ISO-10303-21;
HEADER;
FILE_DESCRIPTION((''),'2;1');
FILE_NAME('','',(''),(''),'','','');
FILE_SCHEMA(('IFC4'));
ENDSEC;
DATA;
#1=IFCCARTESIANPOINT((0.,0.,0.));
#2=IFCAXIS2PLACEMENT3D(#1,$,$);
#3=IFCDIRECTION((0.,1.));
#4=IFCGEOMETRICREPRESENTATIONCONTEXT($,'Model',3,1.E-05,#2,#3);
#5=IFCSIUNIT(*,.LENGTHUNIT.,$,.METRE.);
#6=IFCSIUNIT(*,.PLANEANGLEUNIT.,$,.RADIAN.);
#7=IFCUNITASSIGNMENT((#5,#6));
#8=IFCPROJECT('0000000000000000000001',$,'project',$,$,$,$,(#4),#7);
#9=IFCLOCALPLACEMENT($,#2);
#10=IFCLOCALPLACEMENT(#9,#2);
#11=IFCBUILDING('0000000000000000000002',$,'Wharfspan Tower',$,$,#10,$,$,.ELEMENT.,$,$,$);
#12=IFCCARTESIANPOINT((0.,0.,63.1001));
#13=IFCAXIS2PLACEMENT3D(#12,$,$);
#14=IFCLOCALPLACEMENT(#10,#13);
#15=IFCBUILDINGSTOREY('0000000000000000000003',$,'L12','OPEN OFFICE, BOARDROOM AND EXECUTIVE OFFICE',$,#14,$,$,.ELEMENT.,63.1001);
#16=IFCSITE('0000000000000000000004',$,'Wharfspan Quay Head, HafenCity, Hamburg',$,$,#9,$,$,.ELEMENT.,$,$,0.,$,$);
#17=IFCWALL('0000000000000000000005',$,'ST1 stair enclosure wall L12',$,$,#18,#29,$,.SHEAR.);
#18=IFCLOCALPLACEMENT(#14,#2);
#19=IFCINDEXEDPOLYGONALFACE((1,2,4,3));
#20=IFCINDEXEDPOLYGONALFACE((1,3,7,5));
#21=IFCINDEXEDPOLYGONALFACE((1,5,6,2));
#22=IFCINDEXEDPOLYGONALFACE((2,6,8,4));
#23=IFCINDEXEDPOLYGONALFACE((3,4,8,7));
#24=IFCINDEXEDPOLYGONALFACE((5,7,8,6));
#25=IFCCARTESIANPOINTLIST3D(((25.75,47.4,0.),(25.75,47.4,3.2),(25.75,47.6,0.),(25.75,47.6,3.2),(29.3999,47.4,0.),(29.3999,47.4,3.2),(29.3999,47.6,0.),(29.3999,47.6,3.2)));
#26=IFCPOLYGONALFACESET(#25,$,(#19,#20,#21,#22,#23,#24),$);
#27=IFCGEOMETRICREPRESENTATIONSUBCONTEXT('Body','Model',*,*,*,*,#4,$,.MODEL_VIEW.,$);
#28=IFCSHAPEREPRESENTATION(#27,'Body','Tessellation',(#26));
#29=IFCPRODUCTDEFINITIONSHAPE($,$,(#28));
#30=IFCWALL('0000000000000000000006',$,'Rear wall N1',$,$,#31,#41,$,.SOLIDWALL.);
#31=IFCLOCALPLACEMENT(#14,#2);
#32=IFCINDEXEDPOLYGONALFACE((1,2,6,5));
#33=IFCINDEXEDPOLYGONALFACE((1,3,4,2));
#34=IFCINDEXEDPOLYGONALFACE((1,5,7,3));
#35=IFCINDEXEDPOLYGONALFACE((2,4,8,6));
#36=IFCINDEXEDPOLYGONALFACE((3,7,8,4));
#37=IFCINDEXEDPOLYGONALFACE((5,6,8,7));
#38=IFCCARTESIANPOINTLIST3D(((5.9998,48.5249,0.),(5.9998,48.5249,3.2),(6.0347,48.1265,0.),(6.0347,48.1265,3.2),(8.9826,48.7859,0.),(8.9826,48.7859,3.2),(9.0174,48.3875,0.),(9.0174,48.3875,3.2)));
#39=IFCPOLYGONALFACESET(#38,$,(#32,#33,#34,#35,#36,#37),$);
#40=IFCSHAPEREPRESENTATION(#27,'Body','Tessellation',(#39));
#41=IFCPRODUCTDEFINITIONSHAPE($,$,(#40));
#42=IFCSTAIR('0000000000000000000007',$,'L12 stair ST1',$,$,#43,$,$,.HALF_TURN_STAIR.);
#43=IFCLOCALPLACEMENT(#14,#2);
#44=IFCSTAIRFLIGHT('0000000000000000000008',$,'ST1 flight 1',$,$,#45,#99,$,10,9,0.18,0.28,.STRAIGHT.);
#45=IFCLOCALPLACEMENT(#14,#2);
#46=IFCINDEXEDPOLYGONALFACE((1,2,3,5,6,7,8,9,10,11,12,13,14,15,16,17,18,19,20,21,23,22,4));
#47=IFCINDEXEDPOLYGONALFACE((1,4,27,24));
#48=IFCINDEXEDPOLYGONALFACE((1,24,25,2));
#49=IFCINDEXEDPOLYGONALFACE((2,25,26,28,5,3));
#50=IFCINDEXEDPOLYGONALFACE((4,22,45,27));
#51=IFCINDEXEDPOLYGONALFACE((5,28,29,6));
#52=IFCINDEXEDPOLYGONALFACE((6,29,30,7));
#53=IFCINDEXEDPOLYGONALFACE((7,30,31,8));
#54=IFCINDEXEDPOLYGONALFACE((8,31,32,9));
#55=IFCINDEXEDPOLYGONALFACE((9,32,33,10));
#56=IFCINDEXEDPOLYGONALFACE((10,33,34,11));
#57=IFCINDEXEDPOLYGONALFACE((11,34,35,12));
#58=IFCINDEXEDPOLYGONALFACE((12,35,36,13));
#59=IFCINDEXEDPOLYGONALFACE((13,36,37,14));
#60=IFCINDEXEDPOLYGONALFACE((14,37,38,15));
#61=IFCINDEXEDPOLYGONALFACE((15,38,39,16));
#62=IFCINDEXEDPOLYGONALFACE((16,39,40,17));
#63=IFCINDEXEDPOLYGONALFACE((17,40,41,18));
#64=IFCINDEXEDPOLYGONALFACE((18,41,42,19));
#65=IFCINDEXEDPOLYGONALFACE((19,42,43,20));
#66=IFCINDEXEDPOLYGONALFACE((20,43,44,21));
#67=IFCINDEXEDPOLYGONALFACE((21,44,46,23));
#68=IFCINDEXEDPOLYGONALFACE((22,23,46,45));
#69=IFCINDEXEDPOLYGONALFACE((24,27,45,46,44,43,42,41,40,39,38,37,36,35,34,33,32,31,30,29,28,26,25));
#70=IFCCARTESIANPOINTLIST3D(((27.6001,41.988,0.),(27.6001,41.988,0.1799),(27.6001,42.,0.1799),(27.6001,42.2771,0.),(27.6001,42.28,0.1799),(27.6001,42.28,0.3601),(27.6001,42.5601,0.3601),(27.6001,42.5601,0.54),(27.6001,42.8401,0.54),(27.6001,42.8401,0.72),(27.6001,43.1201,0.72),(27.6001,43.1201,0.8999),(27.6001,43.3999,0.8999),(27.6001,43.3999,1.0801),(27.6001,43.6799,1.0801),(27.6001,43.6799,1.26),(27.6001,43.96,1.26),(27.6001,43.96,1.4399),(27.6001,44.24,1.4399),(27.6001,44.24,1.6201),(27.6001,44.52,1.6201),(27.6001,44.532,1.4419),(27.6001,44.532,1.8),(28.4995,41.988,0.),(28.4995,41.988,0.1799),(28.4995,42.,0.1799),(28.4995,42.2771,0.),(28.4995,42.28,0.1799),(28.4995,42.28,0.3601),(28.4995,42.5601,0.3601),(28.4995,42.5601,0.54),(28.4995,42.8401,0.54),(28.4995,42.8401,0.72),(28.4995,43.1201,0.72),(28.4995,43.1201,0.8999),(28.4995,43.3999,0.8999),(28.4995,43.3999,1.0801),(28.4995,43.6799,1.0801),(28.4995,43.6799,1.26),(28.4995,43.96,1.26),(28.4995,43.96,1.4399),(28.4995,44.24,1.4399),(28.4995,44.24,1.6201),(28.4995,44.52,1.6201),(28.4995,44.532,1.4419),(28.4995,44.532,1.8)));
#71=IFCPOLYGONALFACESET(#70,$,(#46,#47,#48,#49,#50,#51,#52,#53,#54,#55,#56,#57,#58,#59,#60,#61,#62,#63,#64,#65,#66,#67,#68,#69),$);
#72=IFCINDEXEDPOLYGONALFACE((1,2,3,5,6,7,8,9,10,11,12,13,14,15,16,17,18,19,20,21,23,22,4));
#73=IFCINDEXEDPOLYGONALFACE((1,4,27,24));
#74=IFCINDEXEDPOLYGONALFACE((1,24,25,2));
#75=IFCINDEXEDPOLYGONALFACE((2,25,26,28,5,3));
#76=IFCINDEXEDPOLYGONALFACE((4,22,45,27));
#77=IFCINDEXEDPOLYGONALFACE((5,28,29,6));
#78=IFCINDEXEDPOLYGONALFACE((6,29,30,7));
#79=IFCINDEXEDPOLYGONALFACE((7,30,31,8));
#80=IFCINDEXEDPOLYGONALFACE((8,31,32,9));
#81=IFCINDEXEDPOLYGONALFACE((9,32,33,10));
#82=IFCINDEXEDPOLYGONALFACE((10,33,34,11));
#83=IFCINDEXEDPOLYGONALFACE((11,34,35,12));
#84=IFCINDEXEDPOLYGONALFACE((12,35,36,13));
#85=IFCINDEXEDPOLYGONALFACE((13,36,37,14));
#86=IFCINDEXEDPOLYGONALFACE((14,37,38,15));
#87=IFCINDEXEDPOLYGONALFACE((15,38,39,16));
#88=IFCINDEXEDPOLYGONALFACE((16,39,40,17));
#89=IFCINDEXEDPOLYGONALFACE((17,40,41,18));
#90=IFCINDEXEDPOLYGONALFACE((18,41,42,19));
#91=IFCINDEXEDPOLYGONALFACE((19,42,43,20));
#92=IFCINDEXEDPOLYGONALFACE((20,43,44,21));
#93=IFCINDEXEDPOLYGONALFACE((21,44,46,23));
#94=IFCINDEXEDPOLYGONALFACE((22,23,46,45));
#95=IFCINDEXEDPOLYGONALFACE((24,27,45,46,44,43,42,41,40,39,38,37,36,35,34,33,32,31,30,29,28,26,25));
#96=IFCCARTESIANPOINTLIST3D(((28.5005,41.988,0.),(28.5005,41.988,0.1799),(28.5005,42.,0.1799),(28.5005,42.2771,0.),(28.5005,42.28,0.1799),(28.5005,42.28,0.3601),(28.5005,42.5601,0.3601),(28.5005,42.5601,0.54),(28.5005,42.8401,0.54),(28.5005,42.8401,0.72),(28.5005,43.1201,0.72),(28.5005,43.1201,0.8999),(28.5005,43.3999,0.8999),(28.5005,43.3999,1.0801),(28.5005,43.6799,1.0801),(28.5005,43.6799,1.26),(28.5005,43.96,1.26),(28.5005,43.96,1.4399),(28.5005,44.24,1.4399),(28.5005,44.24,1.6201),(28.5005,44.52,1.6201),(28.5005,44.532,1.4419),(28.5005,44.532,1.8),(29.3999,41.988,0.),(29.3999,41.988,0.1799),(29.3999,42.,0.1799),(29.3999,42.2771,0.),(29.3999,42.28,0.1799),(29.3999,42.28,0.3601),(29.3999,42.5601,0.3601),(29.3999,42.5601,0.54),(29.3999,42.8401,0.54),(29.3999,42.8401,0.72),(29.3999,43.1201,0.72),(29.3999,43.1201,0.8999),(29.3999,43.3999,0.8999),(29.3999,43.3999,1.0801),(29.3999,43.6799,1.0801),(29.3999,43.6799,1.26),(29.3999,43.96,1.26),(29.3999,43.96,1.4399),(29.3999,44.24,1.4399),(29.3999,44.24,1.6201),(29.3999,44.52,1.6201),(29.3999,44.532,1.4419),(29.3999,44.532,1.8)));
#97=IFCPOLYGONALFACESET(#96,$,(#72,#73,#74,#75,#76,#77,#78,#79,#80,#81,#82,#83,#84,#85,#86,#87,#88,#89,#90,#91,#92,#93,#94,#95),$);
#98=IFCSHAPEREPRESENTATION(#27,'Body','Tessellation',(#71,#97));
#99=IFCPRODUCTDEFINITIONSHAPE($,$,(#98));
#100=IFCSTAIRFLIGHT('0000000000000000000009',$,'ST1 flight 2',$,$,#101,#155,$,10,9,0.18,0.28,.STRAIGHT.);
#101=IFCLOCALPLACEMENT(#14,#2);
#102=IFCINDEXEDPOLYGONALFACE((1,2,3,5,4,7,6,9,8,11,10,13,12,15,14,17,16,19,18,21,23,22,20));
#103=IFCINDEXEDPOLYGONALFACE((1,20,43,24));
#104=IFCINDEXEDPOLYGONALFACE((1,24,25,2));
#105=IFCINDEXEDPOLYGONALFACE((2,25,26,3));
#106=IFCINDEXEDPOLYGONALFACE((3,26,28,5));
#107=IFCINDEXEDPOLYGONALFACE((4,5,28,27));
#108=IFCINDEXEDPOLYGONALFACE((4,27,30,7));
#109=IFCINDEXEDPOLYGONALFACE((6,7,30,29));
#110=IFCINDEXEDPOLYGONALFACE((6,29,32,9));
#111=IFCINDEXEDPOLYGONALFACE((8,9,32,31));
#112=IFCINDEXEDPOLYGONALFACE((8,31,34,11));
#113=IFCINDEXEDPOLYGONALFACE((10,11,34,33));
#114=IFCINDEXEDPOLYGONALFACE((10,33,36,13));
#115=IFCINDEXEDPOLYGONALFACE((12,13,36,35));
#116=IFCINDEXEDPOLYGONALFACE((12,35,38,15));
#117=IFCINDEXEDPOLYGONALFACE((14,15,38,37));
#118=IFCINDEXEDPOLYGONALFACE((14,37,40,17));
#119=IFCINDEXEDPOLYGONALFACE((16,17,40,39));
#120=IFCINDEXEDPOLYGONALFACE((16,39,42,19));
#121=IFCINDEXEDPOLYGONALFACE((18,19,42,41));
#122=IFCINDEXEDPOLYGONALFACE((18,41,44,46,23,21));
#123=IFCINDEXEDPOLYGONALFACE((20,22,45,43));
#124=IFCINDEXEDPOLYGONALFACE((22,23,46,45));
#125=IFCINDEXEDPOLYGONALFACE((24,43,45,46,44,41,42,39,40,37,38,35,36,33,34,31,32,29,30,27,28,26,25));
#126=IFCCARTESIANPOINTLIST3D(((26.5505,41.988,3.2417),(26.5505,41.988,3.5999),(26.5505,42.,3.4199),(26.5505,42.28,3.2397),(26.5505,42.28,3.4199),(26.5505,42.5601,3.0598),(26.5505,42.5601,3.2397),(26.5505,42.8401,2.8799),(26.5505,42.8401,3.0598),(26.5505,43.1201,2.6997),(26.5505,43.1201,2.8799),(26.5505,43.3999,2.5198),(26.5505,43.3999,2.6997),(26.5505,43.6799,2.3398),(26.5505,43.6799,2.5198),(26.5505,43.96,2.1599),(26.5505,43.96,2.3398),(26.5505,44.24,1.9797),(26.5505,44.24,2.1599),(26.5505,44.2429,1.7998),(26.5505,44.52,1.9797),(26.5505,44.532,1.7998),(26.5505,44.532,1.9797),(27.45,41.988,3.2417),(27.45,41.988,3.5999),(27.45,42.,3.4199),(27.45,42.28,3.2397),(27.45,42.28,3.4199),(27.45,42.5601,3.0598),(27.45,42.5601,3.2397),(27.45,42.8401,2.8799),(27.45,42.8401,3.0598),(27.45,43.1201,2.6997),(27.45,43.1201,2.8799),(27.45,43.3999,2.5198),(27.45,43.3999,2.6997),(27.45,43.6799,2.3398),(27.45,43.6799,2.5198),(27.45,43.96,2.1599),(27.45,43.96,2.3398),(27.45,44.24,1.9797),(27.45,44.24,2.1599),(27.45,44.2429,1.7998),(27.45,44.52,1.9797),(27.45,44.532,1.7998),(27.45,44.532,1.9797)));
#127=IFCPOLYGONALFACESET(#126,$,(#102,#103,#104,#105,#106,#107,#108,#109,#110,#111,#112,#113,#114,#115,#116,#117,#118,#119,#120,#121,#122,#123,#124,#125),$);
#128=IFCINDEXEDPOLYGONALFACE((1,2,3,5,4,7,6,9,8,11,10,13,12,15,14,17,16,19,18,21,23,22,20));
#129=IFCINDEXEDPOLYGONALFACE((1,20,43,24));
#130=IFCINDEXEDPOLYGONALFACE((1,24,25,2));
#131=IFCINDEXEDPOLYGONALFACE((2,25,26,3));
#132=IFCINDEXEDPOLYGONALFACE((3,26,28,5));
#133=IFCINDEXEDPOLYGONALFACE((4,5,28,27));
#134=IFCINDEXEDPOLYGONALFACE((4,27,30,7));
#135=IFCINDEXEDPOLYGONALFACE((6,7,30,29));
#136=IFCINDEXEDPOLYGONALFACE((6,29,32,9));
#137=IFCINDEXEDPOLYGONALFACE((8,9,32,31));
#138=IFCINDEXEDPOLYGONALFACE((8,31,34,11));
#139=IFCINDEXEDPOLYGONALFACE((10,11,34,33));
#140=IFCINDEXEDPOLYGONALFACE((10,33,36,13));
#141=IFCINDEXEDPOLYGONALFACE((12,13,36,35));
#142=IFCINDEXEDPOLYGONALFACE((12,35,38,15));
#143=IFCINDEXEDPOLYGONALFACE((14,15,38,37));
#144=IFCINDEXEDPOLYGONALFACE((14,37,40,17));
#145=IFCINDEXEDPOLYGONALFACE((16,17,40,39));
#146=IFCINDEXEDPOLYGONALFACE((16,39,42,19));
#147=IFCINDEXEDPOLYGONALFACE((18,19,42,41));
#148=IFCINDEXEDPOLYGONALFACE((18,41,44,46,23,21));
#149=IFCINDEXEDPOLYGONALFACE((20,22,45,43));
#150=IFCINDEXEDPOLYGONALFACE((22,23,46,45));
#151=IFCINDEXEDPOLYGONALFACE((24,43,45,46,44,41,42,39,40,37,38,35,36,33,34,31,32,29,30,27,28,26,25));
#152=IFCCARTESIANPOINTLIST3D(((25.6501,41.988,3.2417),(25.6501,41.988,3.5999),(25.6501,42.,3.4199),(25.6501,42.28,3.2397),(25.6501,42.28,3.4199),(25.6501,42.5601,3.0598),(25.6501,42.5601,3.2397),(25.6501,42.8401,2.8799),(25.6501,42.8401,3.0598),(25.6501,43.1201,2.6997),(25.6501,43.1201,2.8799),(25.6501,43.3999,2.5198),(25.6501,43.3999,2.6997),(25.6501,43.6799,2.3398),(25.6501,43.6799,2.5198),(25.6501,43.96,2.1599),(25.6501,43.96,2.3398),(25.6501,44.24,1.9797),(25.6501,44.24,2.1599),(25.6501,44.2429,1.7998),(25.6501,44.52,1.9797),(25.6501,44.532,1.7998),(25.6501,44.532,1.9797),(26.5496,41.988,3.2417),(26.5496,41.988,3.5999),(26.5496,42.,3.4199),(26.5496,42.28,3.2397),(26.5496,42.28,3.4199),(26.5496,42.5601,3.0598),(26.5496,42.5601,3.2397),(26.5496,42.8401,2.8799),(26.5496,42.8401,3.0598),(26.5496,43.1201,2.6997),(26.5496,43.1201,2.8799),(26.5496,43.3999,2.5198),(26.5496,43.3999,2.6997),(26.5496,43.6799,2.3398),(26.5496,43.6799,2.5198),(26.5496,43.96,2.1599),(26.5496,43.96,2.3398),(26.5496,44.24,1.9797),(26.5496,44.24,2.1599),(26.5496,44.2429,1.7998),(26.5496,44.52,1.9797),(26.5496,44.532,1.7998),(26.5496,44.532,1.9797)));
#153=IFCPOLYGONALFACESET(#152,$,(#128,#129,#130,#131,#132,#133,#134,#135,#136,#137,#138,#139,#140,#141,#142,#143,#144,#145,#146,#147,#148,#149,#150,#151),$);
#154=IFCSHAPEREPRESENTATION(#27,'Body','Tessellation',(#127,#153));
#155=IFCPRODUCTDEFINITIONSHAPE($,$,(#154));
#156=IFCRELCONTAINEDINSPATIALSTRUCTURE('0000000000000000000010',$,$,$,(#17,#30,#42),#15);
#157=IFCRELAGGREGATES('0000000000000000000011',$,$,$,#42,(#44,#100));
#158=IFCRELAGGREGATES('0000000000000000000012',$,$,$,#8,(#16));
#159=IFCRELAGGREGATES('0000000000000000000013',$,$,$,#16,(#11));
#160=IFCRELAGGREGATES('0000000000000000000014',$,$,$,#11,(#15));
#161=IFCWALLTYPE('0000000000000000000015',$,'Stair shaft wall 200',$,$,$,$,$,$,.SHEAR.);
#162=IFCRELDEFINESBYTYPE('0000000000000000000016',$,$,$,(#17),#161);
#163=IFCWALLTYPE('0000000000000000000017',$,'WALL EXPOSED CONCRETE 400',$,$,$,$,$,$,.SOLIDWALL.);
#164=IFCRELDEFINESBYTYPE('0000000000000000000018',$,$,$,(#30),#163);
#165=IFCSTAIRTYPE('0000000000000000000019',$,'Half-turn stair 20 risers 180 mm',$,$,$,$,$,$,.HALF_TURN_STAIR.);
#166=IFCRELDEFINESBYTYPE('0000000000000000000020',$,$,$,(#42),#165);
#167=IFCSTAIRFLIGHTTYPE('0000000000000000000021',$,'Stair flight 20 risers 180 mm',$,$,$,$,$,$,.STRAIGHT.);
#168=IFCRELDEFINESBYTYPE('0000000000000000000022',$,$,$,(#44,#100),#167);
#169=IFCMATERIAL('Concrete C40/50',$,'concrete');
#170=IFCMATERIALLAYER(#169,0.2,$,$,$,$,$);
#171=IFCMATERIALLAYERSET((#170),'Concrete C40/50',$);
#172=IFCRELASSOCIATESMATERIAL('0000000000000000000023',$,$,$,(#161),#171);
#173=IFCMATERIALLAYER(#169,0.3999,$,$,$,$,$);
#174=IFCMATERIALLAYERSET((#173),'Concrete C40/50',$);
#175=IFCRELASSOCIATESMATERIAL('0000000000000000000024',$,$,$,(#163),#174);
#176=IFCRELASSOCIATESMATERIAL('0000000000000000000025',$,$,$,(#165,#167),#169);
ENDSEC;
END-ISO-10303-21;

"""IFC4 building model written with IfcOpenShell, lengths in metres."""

from ifc_helpers import new_model, si_unit, direction, frame, frame_2d, origin, place, context, subcontext, project, spatial, polyline, rectangle, outline, extrude, material, layer, layer_set, type_object, element, aggregate, save


model = new_model("IFC4")

# Units and contexts
model_context = context("Model", 3, precision=1e-05, world=origin(), true_north=direction((0.0, 1.0)))
body_context = subcontext(model_context, "Body", "Model", "MODEL_VIEW")
ifc_project = project(units=[si_unit("LENGTHUNIT", "METRE"), si_unit("PLANEANGLEUNIT", "RADIAN")], contexts=[model_context])

# Site, building, storey
site_placement = place(None, origin())
site = spatial("IfcSite", under=ifc_project, at=site_placement, Name="Wharfspan Quay Head, HafenCity, Hamburg", CompositionType="ELEMENT", RefElevation=0.0)
building_placement = place(site_placement, origin())
building = spatial("IfcBuilding", under=site, at=building_placement, Name="Wharfspan Tower", CompositionType="ELEMENT")
storey_placement = place(building_placement, frame((0.0, 0.0, 63.1001)))
storey = spatial("IfcBuildingStorey", under=building, at=storey_placement, Name="L12", Description="OPEN OFFICE, BOARDROOM AND EXECUTIVE OFFICE", CompositionType="ELEMENT", Elevation=63.1001)

# Walls
ifc_material_1 = material(Name="Concrete C40/50", Category="concrete")
ifc_layer_1 = layer(ifc_material_1, 0.2)
ifc_layer_set_1 = layer_set([ifc_layer_1], Name="Concrete C40/50")
wall_type_1 = type_object("IfcWallType", Name="Stair shaft wall 200", PredefinedType="SHEAR", material=ifc_layer_set_1)
wall_1_placement = place(storey_placement, frame((25.75, 47.5, 0.0), z_axis=(0.0, 0.0, 1.0), x_axis=(1.0, 0.0, 0.0)))
element("IfcWall", 1, at=wall_1_placement, inside=storey, type_object=wall_type_1, Name="ST1 stair enclosure wall L12", PredefinedType="SHEAR", context=body_context, shape_type="SweptSolid", body=[
    extrude(rectangle(XDim=3.6499, YDim=0.2, at=frame_2d((1.825, 0.0))), origin(), (0.0, 0.0, 1.0), 3.2),
])
ifc_layer_2 = layer(ifc_material_1, 0.3999)
ifc_layer_set_2 = layer_set([ifc_layer_2], Name="Concrete C40/50")
wall_type_2 = type_object("IfcWallType", Name="WALL EXPOSED CONCRETE 400", PredefinedType="SOLIDWALL", material=ifc_layer_set_2)
wall_2_placement = place(storey_placement, frame((9.0, 48.5867, 0.0), z_axis=(0.0, 0.0, 1.0), x_axis=(-0.996194, -0.087168, 0.0)))
element("IfcWall", 2, at=wall_2_placement, inside=storey, type_object=wall_type_2, Name="Rear wall N1", PredefinedType="SOLIDWALL", context=body_context, shape_type="SweptSolid", body=[
    extrude(rectangle(XDim=2.9941, YDim=0.3999, at=frame_2d((1.4971, 0.0))), origin(), (0.0, 0.0, 1.0), 3.2),
])

# Stair, stair flights
stair_type = type_object("IfcStairType", Name="Half-turn stair 20 risers 180 mm", PredefinedType="HALF_TURN_STAIR", material=ifc_material_1)
stair_placement = place(storey_placement, origin())
stair = element("IfcStair", 3, at=stair_placement, inside=storey, type_object=stair_type, Name="L12 stair ST1", PredefinedType="HALF_TURN_STAIR")
stair_flight_type = type_object("IfcStairFlightType", Name="Stair flight 20 risers 180 mm", PredefinedType="STRAIGHT", material=ifc_material_1)
stair_flight_1_placement = place(storey_placement, frame((28.5, 42.0, 0.0), z_axis=(0.0, 0.0, 1.0), x_axis=(0.0, 1.0, 0.0)))
stair_flight_1 = element("IfcStairFlight", 4, at=stair_flight_1_placement, type_object=stair_flight_type, Name="ST1 flight 1", NumberOfRisers=10, NumberOfTreads=9, PredefinedType="STRAIGHT", RiserHeight=0.18, TreadLength=0.28, context=body_context, shape_type="SweptSolid", body=[
    extrude(outline(polyline([(-0.012, 0.0), (-0.012, 0.1799), (0.0, 0.1799), (0.28, 0.1799), (0.28, 0.3601), (0.5601, 0.3601), (0.5601, 0.54), (0.8401, 0.54), (0.8401, 0.72), (1.1201, 0.72), (1.1201, 0.8999), (1.3999, 0.8999), (1.3999, 1.0801), (1.6799, 1.0801), (1.6799, 1.26), (1.96, 1.26), (1.96, 1.4399), (2.24, 1.4399), (2.24, 1.6201), (2.52, 1.6201), (2.532, 1.8), (2.532, 1.4419), (0.2771, 0.0), (-0.012, 0.0)])), frame((0.0, 0.8999, 0.0), z_axis=(0.0, -1.0, 0.0), x_axis=(1.0, 0.0, 0.0)), (0.0, 0.0, 1.0), 0.8994),
    extrude(outline(polyline([(-0.012, 0.0), (-0.012, 0.1799), (0.0, 0.1799), (0.28, 0.1799), (0.28, 0.3601), (0.5601, 0.3601), (0.5601, 0.54), (0.8401, 0.54), (0.8401, 0.72), (1.1201, 0.72), (1.1201, 0.8999), (1.3999, 0.8999), (1.3999, 1.0801), (1.6799, 1.0801), (1.6799, 1.26), (1.96, 1.26), (1.96, 1.4399), (2.24, 1.4399), (2.24, 1.6201), (2.52, 1.6201), (2.532, 1.8), (2.532, 1.4419), (0.2771, 0.0), (-0.012, 0.0)])), frame((0.0, -0.0005, 0.0), z_axis=(0.0, -1.0, 0.0), x_axis=(1.0, 0.0, 0.0)), (0.0, 0.0, 1.0), 0.8994),
])
stair_flight_2_placement = place(storey_placement, frame((26.55, 44.52, 1.7998), z_axis=(0.0, 0.0, 1.0), x_axis=(0.0, -1.0, 0.0)))
stair_flight_2 = element("IfcStairFlight", 5, at=stair_flight_2_placement, type_object=stair_flight_type, Name="ST1 flight 2", NumberOfRisers=10, NumberOfTreads=9, PredefinedType="STRAIGHT", RiserHeight=0.18, TreadLength=0.28, context=body_context, shape_type="SweptSolid", body=[
    extrude(outline(polyline([(-0.012, 0.0), (-0.012, 0.1799), (0.0, 0.1799), (0.28, 0.1799), (0.28, 0.3601), (0.5601, 0.3601), (0.5601, 0.54), (0.8401, 0.54), (0.8401, 0.72), (1.1201, 0.72), (1.1201, 0.8999), (1.3999, 0.8999), (1.3999, 1.0801), (1.6799, 1.0801), (1.6799, 1.26), (1.96, 1.26), (1.96, 1.4399), (2.24, 1.4399), (2.24, 1.6201), (2.52, 1.6201), (2.532, 1.8), (2.532, 1.4419), (0.2771, 0.0), (-0.012, 0.0)])), frame((0.0, 0.8999, 0.0), z_axis=(0.0, -1.0, 0.0), x_axis=(1.0, 0.0, 0.0)), (0.0, 0.0, 1.0), 0.8994),
    extrude(outline(polyline([(-0.012, 0.0), (-0.012, 0.1799), (0.0, 0.1799), (0.28, 0.1799), (0.28, 0.3601), (0.5601, 0.3601), (0.5601, 0.54), (0.8401, 0.54), (0.8401, 0.72), (1.1201, 0.72), (1.1201, 0.8999), (1.3999, 0.8999), (1.3999, 1.0801), (1.6799, 1.0801), (1.6799, 1.26), (1.96, 1.26), (1.96, 1.4399), (2.24, 1.4399), (2.24, 1.6201), (2.52, 1.6201), (2.532, 1.8), (2.532, 1.4419), (0.2771, 0.0), (-0.012, 0.0)])), frame((0.0, -0.0005, 0.0), z_axis=(0.0, -1.0, 0.0), x_axis=(1.0, 0.0, 0.0)), (0.0, 0.0, 1.0), 0.8994),
])
aggregate(stair, [stair_flight_1, stair_flight_2])

save(model, "model.ifc")
